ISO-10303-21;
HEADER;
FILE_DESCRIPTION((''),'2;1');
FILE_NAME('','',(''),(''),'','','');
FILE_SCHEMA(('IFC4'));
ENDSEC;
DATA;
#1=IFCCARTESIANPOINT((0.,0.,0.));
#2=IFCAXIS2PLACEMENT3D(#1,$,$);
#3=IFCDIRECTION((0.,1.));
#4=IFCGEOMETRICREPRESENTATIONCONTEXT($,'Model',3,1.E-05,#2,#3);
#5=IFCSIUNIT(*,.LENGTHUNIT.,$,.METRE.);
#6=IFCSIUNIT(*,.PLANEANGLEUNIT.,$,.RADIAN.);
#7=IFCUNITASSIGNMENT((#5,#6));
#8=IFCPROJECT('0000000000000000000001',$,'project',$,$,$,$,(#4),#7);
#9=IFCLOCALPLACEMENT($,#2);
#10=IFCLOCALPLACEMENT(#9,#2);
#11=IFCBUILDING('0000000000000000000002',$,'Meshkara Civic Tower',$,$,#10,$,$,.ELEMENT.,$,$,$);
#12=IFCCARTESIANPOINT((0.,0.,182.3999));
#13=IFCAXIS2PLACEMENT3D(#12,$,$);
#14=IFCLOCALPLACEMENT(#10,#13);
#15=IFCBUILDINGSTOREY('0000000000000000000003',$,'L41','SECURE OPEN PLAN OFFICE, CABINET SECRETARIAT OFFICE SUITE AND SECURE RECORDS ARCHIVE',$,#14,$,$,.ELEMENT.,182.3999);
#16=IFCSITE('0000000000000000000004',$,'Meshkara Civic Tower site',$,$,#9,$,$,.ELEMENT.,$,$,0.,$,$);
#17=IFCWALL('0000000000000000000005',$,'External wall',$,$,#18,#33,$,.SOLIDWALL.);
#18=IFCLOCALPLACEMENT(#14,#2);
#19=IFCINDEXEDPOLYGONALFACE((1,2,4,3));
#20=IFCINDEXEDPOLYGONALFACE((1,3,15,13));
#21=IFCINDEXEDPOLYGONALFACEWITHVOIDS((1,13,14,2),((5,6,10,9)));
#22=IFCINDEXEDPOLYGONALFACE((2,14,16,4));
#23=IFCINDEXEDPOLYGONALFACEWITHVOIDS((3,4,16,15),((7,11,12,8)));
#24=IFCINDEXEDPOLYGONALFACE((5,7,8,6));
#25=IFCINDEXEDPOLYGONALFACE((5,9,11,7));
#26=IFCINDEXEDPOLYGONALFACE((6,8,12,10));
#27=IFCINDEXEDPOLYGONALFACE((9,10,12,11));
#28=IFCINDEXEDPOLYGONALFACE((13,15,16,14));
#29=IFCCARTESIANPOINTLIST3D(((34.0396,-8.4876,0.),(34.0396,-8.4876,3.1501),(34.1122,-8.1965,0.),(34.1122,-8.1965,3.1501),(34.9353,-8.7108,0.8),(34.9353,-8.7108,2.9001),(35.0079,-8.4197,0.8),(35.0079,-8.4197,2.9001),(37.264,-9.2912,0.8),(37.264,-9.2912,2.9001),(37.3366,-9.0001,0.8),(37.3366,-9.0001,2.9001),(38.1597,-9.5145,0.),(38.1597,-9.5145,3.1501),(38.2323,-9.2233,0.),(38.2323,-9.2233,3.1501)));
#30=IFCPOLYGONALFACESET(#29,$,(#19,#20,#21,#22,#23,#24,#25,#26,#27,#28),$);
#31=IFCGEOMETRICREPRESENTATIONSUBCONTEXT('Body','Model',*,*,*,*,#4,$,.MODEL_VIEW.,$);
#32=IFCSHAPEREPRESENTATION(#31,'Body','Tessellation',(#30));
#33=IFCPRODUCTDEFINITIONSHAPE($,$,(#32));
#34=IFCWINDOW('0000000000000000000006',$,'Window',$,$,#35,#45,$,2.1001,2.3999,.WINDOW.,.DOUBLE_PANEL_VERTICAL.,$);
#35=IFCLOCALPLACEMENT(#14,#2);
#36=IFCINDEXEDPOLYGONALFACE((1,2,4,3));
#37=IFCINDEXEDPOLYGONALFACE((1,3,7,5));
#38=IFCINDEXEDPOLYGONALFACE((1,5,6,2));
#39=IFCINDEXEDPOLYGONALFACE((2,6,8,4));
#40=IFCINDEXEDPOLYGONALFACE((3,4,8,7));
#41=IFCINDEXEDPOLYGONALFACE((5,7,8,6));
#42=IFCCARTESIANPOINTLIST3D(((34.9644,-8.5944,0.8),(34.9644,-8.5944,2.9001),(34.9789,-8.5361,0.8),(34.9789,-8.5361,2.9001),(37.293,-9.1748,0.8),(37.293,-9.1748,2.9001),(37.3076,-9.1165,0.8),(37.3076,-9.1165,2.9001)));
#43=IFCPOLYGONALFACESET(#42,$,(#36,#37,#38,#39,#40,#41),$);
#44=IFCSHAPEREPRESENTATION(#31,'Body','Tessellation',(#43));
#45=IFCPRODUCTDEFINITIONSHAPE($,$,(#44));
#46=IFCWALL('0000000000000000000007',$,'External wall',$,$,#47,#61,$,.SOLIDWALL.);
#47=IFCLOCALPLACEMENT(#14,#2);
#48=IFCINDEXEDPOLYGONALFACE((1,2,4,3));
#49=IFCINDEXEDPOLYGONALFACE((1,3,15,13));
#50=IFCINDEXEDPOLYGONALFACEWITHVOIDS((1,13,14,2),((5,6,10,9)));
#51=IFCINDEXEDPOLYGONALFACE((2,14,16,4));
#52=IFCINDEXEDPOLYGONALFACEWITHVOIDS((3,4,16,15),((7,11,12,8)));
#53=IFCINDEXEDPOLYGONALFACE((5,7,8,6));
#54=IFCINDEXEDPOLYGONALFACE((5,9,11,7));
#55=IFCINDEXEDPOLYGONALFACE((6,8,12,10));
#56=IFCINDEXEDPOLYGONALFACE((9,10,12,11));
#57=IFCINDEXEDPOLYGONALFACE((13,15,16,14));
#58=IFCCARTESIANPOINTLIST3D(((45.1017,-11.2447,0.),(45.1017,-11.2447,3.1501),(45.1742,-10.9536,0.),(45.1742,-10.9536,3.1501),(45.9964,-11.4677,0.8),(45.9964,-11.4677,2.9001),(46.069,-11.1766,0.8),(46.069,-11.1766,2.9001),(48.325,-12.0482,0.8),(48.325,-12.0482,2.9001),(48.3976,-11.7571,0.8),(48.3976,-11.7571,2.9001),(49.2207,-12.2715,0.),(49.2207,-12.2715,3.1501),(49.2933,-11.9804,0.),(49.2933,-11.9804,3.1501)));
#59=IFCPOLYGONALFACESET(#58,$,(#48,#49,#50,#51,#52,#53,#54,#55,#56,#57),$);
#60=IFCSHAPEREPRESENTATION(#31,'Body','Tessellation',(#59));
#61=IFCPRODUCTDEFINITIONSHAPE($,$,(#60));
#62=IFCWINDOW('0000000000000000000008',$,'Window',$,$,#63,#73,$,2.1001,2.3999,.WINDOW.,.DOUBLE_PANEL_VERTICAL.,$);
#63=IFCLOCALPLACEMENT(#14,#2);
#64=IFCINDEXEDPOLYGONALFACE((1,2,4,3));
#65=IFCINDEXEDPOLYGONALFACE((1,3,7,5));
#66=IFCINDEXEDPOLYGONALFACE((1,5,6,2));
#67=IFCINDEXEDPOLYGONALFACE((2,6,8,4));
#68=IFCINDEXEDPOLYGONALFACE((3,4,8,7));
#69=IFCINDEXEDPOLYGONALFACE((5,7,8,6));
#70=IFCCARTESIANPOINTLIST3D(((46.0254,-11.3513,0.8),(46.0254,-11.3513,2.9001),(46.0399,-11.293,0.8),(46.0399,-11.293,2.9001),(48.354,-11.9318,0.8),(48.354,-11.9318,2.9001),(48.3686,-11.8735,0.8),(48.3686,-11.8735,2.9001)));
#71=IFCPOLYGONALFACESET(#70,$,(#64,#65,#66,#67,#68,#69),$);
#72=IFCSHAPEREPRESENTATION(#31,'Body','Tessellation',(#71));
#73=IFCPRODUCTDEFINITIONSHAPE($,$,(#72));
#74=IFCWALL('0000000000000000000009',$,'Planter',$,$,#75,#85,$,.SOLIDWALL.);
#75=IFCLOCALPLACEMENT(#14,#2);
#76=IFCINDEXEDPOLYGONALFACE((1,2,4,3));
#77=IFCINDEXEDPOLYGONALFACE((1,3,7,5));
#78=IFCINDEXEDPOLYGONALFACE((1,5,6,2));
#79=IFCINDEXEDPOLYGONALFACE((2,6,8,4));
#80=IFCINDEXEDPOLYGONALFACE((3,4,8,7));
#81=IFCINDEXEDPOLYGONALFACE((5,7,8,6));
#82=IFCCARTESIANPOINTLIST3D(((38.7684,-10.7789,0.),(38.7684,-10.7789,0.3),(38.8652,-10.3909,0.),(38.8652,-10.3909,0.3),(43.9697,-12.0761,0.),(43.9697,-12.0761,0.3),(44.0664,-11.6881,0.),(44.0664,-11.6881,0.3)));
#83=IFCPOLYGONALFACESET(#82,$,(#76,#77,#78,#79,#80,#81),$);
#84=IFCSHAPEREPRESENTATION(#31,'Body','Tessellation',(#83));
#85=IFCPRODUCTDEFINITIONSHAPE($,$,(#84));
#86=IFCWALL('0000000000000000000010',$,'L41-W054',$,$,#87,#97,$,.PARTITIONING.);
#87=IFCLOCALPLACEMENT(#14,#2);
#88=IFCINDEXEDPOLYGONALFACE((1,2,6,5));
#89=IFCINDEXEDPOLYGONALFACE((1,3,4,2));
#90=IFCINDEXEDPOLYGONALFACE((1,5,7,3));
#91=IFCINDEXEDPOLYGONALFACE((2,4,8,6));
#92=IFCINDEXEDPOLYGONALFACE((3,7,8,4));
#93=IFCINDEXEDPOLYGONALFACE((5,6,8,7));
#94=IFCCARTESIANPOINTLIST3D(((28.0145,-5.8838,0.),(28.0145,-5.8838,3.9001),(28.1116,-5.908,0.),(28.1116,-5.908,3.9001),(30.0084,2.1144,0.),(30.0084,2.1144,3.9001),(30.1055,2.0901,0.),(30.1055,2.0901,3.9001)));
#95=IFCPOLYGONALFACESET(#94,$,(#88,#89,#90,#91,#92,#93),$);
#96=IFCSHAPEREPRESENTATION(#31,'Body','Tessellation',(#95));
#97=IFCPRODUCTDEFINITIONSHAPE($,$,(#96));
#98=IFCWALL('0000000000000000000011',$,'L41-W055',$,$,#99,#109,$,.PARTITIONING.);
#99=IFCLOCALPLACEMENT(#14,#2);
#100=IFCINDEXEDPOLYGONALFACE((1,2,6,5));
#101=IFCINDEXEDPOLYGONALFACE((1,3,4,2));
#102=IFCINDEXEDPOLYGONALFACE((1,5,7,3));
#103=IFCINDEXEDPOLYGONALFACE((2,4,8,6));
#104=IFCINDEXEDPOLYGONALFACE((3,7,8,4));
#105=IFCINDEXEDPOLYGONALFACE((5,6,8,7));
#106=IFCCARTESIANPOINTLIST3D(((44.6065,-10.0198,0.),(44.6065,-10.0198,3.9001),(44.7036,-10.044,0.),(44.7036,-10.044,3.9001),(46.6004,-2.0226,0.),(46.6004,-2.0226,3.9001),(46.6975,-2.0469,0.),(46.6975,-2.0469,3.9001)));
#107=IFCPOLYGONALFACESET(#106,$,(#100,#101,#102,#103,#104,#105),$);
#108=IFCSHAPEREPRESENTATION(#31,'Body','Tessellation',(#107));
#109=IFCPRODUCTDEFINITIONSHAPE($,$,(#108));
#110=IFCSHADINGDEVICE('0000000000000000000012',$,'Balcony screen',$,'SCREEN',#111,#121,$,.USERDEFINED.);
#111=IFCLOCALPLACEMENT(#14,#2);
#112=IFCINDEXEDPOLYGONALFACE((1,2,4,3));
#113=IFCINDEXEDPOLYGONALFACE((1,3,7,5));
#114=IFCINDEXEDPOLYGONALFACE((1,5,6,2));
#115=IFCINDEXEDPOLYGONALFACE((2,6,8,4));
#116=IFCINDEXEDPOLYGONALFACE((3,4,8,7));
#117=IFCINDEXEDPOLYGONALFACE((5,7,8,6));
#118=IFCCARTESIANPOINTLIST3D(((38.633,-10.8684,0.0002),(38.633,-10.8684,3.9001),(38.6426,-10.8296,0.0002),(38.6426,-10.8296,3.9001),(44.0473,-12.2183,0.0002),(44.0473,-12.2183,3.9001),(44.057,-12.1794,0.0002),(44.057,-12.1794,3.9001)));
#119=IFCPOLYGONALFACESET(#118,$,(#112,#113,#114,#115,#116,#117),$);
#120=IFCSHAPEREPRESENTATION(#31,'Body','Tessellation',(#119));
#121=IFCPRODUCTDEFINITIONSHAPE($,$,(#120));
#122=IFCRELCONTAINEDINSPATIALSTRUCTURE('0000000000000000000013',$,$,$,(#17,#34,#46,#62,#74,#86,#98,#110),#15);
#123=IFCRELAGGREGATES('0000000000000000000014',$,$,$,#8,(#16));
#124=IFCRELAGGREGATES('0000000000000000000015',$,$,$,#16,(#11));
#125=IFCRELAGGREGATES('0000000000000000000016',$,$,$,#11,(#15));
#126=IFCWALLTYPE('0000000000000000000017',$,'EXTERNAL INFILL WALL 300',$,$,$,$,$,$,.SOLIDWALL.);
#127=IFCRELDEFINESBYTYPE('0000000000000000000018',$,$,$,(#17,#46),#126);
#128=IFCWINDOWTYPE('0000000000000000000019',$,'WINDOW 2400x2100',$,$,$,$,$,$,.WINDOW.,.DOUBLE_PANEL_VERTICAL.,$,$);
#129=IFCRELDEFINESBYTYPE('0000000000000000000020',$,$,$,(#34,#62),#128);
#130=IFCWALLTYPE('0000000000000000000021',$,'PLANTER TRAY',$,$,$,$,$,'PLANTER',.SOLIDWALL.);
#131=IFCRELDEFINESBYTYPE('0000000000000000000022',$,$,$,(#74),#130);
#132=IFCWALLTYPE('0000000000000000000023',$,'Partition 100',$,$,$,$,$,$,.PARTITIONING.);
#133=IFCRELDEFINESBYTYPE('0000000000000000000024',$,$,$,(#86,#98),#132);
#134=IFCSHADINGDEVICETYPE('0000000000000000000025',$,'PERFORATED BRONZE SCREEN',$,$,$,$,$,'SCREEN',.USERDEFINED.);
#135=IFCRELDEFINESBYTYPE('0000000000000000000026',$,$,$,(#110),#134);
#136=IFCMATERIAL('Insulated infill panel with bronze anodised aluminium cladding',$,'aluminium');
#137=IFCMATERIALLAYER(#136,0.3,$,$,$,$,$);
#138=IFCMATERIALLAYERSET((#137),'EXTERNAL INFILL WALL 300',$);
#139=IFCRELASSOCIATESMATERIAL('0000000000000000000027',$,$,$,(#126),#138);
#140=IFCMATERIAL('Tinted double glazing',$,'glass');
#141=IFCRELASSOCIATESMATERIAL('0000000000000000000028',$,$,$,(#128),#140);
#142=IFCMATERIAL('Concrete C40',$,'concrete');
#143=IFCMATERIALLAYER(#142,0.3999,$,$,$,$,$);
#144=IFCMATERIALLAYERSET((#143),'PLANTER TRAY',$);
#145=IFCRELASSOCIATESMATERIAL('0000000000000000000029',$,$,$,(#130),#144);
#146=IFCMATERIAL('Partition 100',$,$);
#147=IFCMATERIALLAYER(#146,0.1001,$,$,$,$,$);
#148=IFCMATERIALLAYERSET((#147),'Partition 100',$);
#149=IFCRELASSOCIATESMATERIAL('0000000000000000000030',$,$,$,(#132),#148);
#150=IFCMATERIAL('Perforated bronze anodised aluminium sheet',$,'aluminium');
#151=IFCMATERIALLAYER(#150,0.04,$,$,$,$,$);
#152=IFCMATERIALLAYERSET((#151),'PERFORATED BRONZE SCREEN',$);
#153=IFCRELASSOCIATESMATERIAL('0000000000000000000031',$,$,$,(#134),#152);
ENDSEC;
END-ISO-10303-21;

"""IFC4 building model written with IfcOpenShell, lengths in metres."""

from ifc_helpers import new_model, si_unit, direction, frame, frame_2d, origin, origin_2d, place, context, subcontext, project, spatial, rectangle, extrude, material, layer, layer_set, type_object, element, fill, save


model = new_model("IFC4")

# Units and contexts
model_context = context("Model", 3, precision=1e-05, world=origin(), true_north=direction((0.0, 1.0)))
body_context = subcontext(model_context, "Body", "Model", "MODEL_VIEW")
ifc_project = project(units=[si_unit("LENGTHUNIT", "METRE"), si_unit("PLANEANGLEUNIT", "RADIAN")], contexts=[model_context])

# Site, building, storey
site_placement = place(None, origin())
site = spatial("IfcSite", under=ifc_project, at=site_placement, Name="Meshkara Civic Tower site", CompositionType="ELEMENT", RefElevation=0.0)
building_placement = place(site_placement, origin())
building = spatial("IfcBuilding", under=site, at=building_placement, Name="Meshkara Civic Tower", CompositionType="ELEMENT")
storey_placement = place(building_placement, frame((0.0, 0.0, 182.3999)))
storey = spatial("IfcBuildingStorey", under=building, at=storey_placement, Name="L41", Description="SECURE OPEN PLAN OFFICE, CABINET SECRETARIAT OFFICE SUITE AND SECURE RECORDS ARCHIVE", CompositionType="ELEMENT", Elevation=182.3999)

# Walls, openings, windows
ifc_material_1 = material(Name="Insulated infill panel with bronze anodised aluminium cladding", Category="aluminium")
ifc_layer_1 = layer(ifc_material_1, 0.3)
ifc_layer_set_1 = layer_set([ifc_layer_1], Name="EXTERNAL INFILL WALL 300")
wall_type_1 = type_object("IfcWallType", Name="EXTERNAL INFILL WALL 300", PredefinedType="SOLIDWALL", material=ifc_layer_set_1)
ifc_material_2 = material(Name="Tinted double glazing", Category="glass")
window_type = type_object("IfcWindowType", Name="WINDOW 2400x2100", PartitioningType="DOUBLE_PANEL_VERTICAL", PredefinedType="WINDOW", material=ifc_material_2)
wall_1_placement = place(storey_placement, frame((34.0759, -8.342, 0.0), z_axis=(0.0, 0.0, 1.0), x_axis=(0.970318, -0.241832, 0.0)))
wall_1 = element("IfcWall", 1, at=wall_1_placement, inside=storey, type_object=wall_type_1, Name="External wall", PredefinedType="SOLIDWALL", context=body_context, shape_type="SweptSolid", body=[
    extrude(rectangle(XDim=4.2461, YDim=0.3, at=frame_2d((2.123, 0.0))), origin(), (0.0, 0.0, 1.0), 3.1501),
])
opening_1_placement = place(wall_1_placement, frame((0.9231, 0.0, 0.8)))
opening_1 = element("IfcOpeningElement", 2, at=opening_1_placement, cuts=wall_1, PredefinedType="OPENING", context=body_context, shape_type="SweptSolid", body=[
    extrude(rectangle(XDim=2.3999, YDim=2.1001, at=frame_2d((1.2, 1.05))), frame((0.0, 0.1599, 0.0), z_axis=(0.0, -1.0, 0.0), x_axis=(1.0, 0.0, 0.0)), (0.0, 0.0, 1.0), 0.3201),
])
window_1_placement = place(opening_1_placement, origin())
window_1 = element("IfcWindow", 3, at=window_1_placement, inside=storey, type_object=window_type, Name="Window", OverallHeight=2.1001, OverallWidth=2.3999, PartitioningType="DOUBLE_PANEL_VERTICAL", PredefinedType="WINDOW", context=body_context, shape_type="SweptSolid", body=[
    extrude(rectangle(XDim=2.3999, YDim=2.1001, at=frame_2d((1.2, 1.05))), frame((0.0, 0.03, 0.0), z_axis=(0.0, -1.0, 0.0), x_axis=(1.0, 0.0, 0.0)), (0.0, 0.0, 1.0), 0.0601),
])
fill(opening_1, window_1)
wall_2_placement = place(storey_placement, frame((45.1379, -11.0991, 0.0), z_axis=(0.0, 0.0, 1.0), x_axis=(0.970305, -0.241886, 0.0)))
wall_2 = element("IfcWall", 4, at=wall_2_placement, inside=storey, type_object=wall_type_1, Name="External wall", PredefinedType="SOLIDWALL", context=body_context, shape_type="SweptSolid", body=[
    extrude(rectangle(XDim=4.2451, YDim=0.3, at=frame_2d((2.1226, 0.0))), origin(), (0.0, 0.0, 1.0), 3.1501),
])
opening_2_placement = place(wall_2_placement, frame((0.9221, 0.0, 0.8)))
opening_2 = element("IfcOpeningElement", 5, at=opening_2_placement, cuts=wall_2, PredefinedType="OPENING", context=body_context, shape_type="SweptSolid", body=[
    extrude(rectangle(XDim=2.3999, YDim=2.1001, at=frame_2d((1.2, 1.05))), frame((0.0, 0.1599, 0.0), z_axis=(0.0, -1.0, 0.0), x_axis=(1.0, 0.0, 0.0)), (0.0, 0.0, 1.0), 0.3201),
])
window_2_placement = place(opening_2_placement, origin())
window_2 = element("IfcWindow", 6, at=window_2_placement, inside=storey, type_object=window_type, Name="Window", OverallHeight=2.1001, OverallWidth=2.3999, PartitioningType="DOUBLE_PANEL_VERTICAL", PredefinedType="WINDOW", context=body_context, shape_type="SweptSolid", body=[
    extrude(rectangle(XDim=2.3999, YDim=2.1001, at=frame_2d((1.2, 1.05))), frame((0.0, 0.03, 0.0), z_axis=(0.0, -1.0, 0.0), x_axis=(1.0, 0.0, 0.0)), (0.0, 0.0, 1.0), 0.0601),
])
fill(opening_2, window_2)

# Walls
ifc_material_3 = material(Name="Concrete C40", Category="concrete")
ifc_layer_2 = layer(ifc_material_3, 0.3999)
ifc_layer_set_2 = layer_set([ifc_layer_2], Name="PLANTER TRAY")
wall_type_2 = type_object("IfcWallType", Name="PLANTER TRAY", ElementType="PLANTER", PredefinedType="SOLIDWALL", material=ifc_layer_set_2)
wall_3_placement = place(storey_placement, frame((38.8169, -10.585, 0.0), z_axis=(0.0, 0.0, 1.0), x_axis=(0.970282, -0.241978, 0.0)))
element("IfcWall", 7, at=wall_3_placement, inside=storey, type_object=wall_type_2, Name="Planter", PredefinedType="SOLIDWALL", context=body_context, shape_type="SweptSolid", body=[
    extrude(rectangle(XDim=5.3606, YDim=0.3999, at=frame_2d((2.6802, 0.0))), origin(), (0.0, 0.0, 1.0), 0.3),
])
ifc_material_4 = material(Name="Partition 100")
ifc_layer_3 = layer(ifc_material_4, 0.1001)
ifc_layer_set_3 = layer_set([ifc_layer_3], Name="Partition 100")
wall_type_3 = type_object("IfcWallType", Name="Partition 100", PredefinedType="PARTITIONING", material=ifc_layer_set_3)
wall_4_placement = place(storey_placement, frame((28.063, -5.896, 0.0), z_axis=(0.0, 0.0, 1.0), x_axis=(0.241894, 0.970303, 0.0)))
element("IfcWall", 8, at=wall_4_placement, inside=storey, type_object=wall_type_3, Name="L41-W054", PredefinedType="PARTITIONING", context=body_context, shape_type="SweptSolid", body=[
    extrude(rectangle(XDim=8.2429, YDim=0.1001, at=frame_2d((4.1216, 0.0))), origin(), (0.0, 0.0, 1.0), 3.9001),
])
wall_5_placement = place(storey_placement, frame((44.655, -10.032, 0.0), z_axis=(0.0, 0.0, 1.0), x_axis=(0.241922, 0.970296, 0.0)))
element("IfcWall", 9, at=wall_5_placement, inside=storey, type_object=wall_type_3, Name="L41-W055", PredefinedType="PARTITIONING", context=body_context, shape_type="SweptSolid", body=[
    extrude(rectangle(XDim=8.2419, YDim=0.1001, at=frame_2d((4.1211, 0.0))), origin(), (0.0, 0.0, 1.0), 3.9001),
])

# Shading device
ifc_material_5 = material(Name="Perforated bronze anodised aluminium sheet", Category="aluminium")
ifc_layer_4 = layer(ifc_material_5, 0.04)
ifc_layer_set_4 = layer_set([ifc_layer_4], Name="PERFORATED BRONZE SCREEN")
shading_device_type = type_object("IfcShadingDeviceType", Name="PERFORATED BRONZE SCREEN", ElementType="SCREEN", PredefinedType="USERDEFINED", material=ifc_layer_set_4)
shading_device_placement = place(storey_placement, frame((41.345, -11.5239, 0.0002), z_axis=(0.0, 0.0, 1.0), x_axis=(0.9703, -0.241905, 0.0)))
element("IfcShadingDevice", 10, at=shading_device_placement, inside=storey, type_object=shading_device_type, Name="Balcony screen", ObjectType="SCREEN", PredefinedType="USERDEFINED", context=body_context, shape_type="SweptSolid", body=[
    extrude(rectangle(XDim=5.5801, YDim=0.04, at=origin_2d()), origin(), (0.0, 0.0, 1.0), 3.8999),
])

save(model, "model.ifc")
